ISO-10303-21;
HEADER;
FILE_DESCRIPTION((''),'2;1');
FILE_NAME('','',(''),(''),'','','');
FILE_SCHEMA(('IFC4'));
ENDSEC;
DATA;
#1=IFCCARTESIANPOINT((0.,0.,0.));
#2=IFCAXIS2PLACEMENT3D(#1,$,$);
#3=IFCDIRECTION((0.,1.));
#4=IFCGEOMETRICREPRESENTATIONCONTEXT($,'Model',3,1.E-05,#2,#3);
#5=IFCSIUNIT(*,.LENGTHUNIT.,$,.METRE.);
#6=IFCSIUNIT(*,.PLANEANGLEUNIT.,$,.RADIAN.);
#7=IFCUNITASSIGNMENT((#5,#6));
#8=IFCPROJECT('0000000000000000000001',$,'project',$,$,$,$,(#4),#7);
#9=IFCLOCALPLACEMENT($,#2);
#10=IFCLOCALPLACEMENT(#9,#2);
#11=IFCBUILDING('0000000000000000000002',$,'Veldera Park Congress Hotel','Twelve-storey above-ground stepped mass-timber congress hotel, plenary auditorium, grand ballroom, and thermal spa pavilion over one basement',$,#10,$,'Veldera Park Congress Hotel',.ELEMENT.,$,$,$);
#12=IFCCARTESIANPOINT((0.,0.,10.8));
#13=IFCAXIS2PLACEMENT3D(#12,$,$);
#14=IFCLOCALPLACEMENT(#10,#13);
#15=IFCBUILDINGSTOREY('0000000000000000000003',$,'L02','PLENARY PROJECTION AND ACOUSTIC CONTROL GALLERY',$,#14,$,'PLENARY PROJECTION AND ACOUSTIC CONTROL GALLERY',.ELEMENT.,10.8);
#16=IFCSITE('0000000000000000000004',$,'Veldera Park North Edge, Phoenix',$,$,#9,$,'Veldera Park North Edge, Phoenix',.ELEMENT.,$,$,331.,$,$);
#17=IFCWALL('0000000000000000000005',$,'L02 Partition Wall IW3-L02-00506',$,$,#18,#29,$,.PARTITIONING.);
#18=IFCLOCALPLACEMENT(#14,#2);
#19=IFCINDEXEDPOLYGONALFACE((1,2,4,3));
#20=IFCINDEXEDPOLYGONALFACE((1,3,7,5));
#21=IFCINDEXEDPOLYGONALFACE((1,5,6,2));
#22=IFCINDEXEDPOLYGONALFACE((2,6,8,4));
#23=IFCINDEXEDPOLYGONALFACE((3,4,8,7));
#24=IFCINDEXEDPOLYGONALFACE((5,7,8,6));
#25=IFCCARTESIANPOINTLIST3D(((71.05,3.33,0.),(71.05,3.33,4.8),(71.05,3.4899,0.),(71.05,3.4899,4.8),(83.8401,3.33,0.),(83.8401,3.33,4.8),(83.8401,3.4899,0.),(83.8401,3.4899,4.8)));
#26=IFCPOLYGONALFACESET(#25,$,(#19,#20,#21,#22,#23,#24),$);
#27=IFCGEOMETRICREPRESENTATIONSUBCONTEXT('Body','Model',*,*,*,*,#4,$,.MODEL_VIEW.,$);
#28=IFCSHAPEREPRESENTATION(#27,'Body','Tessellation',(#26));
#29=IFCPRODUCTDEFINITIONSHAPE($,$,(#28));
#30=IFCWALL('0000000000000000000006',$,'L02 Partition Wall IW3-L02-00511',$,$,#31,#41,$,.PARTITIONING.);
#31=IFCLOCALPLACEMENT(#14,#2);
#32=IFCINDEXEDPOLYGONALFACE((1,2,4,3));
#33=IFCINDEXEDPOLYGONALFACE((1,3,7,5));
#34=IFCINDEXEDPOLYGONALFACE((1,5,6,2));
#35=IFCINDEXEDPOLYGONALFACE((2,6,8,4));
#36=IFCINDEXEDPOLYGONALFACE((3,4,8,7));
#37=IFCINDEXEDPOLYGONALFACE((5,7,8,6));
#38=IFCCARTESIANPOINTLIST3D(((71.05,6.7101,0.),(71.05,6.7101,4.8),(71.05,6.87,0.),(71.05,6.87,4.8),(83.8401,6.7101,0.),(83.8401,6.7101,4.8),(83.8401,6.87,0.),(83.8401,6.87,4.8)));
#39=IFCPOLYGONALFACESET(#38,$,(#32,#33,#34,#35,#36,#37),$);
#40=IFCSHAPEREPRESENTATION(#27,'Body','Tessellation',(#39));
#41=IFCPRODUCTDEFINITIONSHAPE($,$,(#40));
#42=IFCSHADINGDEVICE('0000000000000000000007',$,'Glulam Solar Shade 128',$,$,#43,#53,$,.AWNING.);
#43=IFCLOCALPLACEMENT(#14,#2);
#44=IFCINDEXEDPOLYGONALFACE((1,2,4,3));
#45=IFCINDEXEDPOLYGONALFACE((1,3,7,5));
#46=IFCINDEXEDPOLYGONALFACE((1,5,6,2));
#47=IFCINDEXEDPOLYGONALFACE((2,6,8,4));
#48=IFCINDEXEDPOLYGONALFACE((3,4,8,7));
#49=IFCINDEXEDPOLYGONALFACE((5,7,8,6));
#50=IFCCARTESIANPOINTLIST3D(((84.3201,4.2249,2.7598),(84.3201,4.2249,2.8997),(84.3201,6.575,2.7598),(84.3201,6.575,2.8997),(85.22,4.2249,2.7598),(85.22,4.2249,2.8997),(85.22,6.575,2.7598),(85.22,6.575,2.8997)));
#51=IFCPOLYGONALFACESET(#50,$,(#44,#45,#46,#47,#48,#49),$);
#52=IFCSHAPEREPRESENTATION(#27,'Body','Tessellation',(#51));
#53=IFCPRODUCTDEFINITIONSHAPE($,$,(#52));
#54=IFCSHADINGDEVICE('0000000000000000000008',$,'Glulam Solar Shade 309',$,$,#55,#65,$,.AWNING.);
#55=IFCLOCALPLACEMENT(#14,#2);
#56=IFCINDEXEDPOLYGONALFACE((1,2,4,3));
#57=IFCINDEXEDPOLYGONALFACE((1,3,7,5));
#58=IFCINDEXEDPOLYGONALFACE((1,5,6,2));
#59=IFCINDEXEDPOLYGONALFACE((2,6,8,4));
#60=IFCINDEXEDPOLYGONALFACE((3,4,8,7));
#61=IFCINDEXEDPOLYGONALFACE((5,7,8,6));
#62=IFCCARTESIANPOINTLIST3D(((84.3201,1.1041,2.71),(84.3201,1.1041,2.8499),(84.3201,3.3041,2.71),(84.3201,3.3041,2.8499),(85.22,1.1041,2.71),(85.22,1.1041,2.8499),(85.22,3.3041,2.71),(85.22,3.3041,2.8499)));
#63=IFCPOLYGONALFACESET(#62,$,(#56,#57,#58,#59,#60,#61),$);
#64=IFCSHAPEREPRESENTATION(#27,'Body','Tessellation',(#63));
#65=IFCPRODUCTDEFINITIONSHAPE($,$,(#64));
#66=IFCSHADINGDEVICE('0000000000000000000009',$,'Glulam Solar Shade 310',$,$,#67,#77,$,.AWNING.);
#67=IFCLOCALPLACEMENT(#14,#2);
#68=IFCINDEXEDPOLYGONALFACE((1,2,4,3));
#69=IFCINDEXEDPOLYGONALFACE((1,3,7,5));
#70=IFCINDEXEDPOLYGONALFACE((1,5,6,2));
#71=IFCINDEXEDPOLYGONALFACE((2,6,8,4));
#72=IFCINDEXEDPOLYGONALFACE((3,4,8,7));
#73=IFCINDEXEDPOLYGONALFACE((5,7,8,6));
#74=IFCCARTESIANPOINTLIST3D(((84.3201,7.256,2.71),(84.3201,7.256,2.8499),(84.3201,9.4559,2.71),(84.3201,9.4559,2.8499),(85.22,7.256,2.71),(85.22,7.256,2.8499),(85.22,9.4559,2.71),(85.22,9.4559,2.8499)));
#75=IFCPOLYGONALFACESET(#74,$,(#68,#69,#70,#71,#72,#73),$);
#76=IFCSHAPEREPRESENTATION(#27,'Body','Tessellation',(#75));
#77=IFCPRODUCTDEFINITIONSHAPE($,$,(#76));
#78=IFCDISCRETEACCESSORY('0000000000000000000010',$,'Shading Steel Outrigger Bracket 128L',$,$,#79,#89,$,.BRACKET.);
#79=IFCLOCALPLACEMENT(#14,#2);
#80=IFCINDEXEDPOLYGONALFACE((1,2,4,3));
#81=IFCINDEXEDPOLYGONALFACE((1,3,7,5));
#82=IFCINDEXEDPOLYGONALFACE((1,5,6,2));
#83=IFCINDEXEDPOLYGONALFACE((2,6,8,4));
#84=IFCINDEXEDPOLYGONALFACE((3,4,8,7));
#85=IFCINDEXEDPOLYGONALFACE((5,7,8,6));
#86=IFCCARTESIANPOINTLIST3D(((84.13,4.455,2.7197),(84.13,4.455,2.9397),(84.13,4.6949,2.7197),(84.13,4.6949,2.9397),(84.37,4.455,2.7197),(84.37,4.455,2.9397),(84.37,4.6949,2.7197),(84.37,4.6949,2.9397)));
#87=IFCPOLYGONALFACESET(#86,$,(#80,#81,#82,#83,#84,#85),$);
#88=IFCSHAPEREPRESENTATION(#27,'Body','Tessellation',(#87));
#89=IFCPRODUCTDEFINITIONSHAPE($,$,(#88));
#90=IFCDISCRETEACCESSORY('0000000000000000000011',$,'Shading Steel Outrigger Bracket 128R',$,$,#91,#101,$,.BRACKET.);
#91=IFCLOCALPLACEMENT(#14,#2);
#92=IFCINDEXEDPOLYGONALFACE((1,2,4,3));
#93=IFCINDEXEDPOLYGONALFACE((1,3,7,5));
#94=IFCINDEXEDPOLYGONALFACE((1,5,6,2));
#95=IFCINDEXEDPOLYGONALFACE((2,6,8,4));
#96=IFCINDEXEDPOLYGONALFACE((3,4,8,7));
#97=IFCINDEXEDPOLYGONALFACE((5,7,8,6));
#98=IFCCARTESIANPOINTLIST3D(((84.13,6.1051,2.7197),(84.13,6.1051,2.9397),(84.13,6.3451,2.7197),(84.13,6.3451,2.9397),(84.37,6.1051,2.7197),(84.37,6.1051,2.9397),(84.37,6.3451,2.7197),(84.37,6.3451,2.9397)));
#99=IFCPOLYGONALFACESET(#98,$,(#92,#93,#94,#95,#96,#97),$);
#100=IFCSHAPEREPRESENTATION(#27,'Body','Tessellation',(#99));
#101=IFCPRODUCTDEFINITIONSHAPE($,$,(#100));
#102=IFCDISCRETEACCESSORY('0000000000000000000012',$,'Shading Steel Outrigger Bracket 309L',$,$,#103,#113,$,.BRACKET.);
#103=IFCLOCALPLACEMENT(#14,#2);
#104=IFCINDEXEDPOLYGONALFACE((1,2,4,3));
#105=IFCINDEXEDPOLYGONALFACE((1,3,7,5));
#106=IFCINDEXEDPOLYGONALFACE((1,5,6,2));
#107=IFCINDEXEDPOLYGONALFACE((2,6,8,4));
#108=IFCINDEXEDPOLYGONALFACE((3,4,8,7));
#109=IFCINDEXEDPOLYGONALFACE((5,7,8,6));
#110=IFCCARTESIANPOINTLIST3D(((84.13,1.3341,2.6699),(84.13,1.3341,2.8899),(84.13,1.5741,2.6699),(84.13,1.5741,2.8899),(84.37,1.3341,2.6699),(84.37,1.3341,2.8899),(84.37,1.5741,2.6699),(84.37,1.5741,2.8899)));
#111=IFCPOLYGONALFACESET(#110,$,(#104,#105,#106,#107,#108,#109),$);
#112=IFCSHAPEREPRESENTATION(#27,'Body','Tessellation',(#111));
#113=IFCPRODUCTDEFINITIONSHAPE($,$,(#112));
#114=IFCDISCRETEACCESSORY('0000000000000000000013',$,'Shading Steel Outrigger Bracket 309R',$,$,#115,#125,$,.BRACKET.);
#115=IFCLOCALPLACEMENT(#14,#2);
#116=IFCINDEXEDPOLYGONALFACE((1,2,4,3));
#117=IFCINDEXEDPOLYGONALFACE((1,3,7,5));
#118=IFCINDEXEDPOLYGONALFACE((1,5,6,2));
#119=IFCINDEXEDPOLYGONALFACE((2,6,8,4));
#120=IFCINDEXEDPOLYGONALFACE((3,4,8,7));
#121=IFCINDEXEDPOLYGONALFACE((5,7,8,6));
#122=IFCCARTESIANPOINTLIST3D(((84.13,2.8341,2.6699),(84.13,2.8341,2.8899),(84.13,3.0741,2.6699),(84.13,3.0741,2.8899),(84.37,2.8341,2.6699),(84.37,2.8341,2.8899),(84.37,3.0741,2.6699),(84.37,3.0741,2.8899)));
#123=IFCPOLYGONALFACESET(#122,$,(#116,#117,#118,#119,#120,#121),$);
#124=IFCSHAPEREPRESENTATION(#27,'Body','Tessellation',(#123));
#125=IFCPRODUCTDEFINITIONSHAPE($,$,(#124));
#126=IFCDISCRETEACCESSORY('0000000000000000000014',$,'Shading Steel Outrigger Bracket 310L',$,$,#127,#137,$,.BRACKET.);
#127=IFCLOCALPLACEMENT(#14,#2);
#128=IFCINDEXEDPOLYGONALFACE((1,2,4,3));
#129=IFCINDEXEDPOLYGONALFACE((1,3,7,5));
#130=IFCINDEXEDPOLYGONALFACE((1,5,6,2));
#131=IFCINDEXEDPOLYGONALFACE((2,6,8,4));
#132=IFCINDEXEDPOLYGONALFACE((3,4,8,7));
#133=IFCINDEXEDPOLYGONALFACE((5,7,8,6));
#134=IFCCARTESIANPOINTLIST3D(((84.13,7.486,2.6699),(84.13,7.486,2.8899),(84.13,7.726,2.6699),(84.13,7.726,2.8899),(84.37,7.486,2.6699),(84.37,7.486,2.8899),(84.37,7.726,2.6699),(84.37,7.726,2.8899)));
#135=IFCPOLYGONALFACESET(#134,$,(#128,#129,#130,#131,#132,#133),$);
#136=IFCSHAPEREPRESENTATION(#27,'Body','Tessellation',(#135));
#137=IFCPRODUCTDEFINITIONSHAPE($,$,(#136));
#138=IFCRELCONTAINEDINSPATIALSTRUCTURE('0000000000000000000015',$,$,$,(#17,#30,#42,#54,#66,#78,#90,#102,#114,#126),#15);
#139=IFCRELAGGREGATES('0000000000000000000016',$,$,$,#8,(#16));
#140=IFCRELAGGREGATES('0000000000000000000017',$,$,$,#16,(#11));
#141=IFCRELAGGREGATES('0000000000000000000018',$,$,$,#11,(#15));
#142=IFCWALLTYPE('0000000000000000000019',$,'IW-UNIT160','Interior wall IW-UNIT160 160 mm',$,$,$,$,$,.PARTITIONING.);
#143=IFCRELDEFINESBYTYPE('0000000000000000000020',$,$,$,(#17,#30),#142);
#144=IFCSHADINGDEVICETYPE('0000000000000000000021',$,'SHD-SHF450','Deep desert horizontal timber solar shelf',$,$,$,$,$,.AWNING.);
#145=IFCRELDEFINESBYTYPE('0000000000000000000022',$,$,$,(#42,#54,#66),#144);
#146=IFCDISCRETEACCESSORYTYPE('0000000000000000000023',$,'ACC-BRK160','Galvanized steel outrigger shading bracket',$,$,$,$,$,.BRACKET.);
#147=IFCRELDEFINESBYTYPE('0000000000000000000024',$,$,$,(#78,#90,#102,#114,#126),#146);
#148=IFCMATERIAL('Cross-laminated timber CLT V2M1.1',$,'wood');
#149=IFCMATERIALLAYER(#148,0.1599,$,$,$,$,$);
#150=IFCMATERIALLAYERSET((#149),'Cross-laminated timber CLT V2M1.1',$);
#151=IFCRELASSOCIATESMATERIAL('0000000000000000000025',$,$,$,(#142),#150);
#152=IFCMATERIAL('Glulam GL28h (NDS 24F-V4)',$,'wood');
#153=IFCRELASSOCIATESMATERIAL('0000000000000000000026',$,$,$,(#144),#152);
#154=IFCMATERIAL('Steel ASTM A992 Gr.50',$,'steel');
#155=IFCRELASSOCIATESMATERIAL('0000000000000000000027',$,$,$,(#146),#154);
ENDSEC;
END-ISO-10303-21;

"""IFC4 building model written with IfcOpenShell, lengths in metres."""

from ifc_helpers import new_model, si_unit, direction, frame, frame_2d, origin, origin_2d, place, context, subcontext, project, spatial, rectangle, extrude, material, layer, layer_set, type_object, element, save


model = new_model("IFC4")

# Units and contexts
model_context = context("Model", 3, precision=1e-05, world=origin(), true_north=direction((0.0, 1.0)))
body_context = subcontext(model_context, "Body", "Model", "MODEL_VIEW")
ifc_project = project(units=[si_unit("LENGTHUNIT", "METRE"), si_unit("PLANEANGLEUNIT", "RADIAN")], contexts=[model_context])

# Site, building, storey
site_placement = place(None, origin())
site = spatial("IfcSite", under=ifc_project, at=site_placement, Name="Veldera Park North Edge, Phoenix", LongName="Veldera Park North Edge, Phoenix", CompositionType="ELEMENT", RefElevation=331.0)
building_placement = place(site_placement, origin())
building = spatial("IfcBuilding", under=site, at=building_placement, Name="Veldera Park Congress Hotel", Description="Twelve-storey above-ground stepped mass-timber congress hotel, plenary auditorium, grand ballroom, and thermal spa pavilion over one basement", LongName="Veldera Park Congress Hotel", CompositionType="ELEMENT")
storey_placement = place(building_placement, frame((0.0, 0.0, 10.8)))
storey = spatial("IfcBuildingStorey", under=building, at=storey_placement, Name="L02", Description="PLENARY PROJECTION AND ACOUSTIC CONTROL GALLERY", LongName="PLENARY PROJECTION AND ACOUSTIC CONTROL GALLERY", CompositionType="ELEMENT", Elevation=10.8)

# Shared definitions
ifc_material_1 = material(Name="Glulam GL28h (NDS 24F-V4)", Category="wood")
ifc_material_2 = material(Name="Steel ASTM A992 Gr.50", Category="steel")

# Shared definitions
ifc_material_3 = material(Name="Cross-laminated timber CLT V2M1.1", Category="wood")

# Walls
ifc_layer_1 = layer(ifc_material_3, 0.1599)
ifc_layer_set_1 = layer_set([ifc_layer_1], Name="Cross-laminated timber CLT V2M1.1")
wall_type_1 = type_object("IfcWallType", Name="IW-UNIT160", Description="Interior wall IW-UNIT160 160 mm", PredefinedType="PARTITIONING", material=ifc_layer_set_1)
for number, where, z_axis, x_axis, name in (
    (1, (71.05, 3.4099, 0.0), (0.0, 0.0, 1.0), (1.0, 0.0, 0.0), "L02 Partition Wall IW3-L02-00506"),
    (2, (71.05, 6.79, 0.0), (0.0, 0.0, 1.0), (1.0, 0.0, 0.0), "L02 Partition Wall IW3-L02-00511"),
):
    element("IfcWall", number, at=place(storey_placement, frame(where, z_axis=z_axis, x_axis=x_axis)), inside=storey, type_object=wall_type_1, Name=name, PredefinedType="PARTITIONING", context=body_context, shape_type="SweptSolid", body=[
        extrude(rectangle(XDim=12.79, YDim=0.1599, at=frame_2d((6.395, 0.0))), origin(), (0.0, 0.0, 1.0), 4.8),
    ])

# Shading devices
shading_device_type = type_object("IfcShadingDeviceType", Name="SHD-SHF450", Description="Deep desert horizontal timber solar shelf", PredefinedType="AWNING", material=ifc_material_1)
shading_device_placement = place(storey_placement, frame((84.77, 5.3999, 2.7598), z_axis=(0.0, 0.0, 1.0), x_axis=(0.0, 1.0, 0.0)))
element("IfcShadingDevice", 3, at=shading_device_placement, inside=storey, type_object=shading_device_type, Name="Glulam Solar Shade 128", PredefinedType="AWNING", context=body_context, shape_type="SweptSolid", body=[
    extrude(rectangle(XDim=2.3501, YDim=0.8999, at=origin_2d()), origin(), (0.0, 0.0, 1.0), 0.1399),
])
for number, where, z_axis, x_axis, name in (
    (4, (84.77, 2.2041, 2.71), (0.0, 0.0, 1.0), (0.0, 1.0, 0.0), "Glulam Solar Shade 309"),
    (5, (84.77, 8.356, 2.71), (0.0, 0.0, 1.0), (0.0, 1.0, 0.0), "Glulam Solar Shade 310"),
):
    element("IfcShadingDevice", number, at=place(storey_placement, frame(where, z_axis=z_axis, x_axis=x_axis)), inside=storey, type_object=shading_device_type, Name=name, PredefinedType="AWNING", context=body_context, shape_type="SweptSolid", body=[
        extrude(rectangle(XDim=2.2, YDim=0.8999, at=origin_2d()), origin(), (0.0, 0.0, 1.0), 0.1399),
    ])

# Discrete accessories
discrete_accessory_type = type_object("IfcDiscreteAccessoryType", Name="ACC-BRK160", Description="Galvanized steel outrigger shading bracket", PredefinedType="BRACKET", material=ifc_material_2)
for number, where, z_axis, x_axis, name in (
    (6, (84.25, 4.575, 2.7197), (0.0, 0.0, 1.0), (0.0, 1.0, 0.0), "Shading Steel Outrigger Bracket 128L"),
    (7, (84.25, 6.2251, 2.7197), (0.0, 0.0, 1.0), (0.0, 1.0, 0.0), "Shading Steel Outrigger Bracket 128R"),
    (8, (84.25, 1.4541, 2.6699), (0.0, 0.0, 1.0), (0.0, 1.0, 0.0), "Shading Steel Outrigger Bracket 309L"),
    (9, (84.25, 2.9541, 2.6699), (0.0, 0.0, 1.0), (0.0, 1.0, 0.0), "Shading Steel Outrigger Bracket 309R"),
    (10, (84.25, 7.606, 2.6699), (0.0, 0.0, 1.0), (0.0, 1.0, 0.0), "Shading Steel Outrigger Bracket 310L"),
):
    element("IfcDiscreteAccessory", number, at=place(storey_placement, frame(where, z_axis=z_axis, x_axis=x_axis)), inside=storey, type_object=discrete_accessory_type, Name=name, PredefinedType="BRACKET", context=body_context, shape_type="SweptSolid", body=[
        extrude(rectangle(XDim=0.24, YDim=0.24, at=origin_2d()), origin(), (0.0, 0.0, 1.0), 0.22),
    ])

save(model, "model.ifc")
